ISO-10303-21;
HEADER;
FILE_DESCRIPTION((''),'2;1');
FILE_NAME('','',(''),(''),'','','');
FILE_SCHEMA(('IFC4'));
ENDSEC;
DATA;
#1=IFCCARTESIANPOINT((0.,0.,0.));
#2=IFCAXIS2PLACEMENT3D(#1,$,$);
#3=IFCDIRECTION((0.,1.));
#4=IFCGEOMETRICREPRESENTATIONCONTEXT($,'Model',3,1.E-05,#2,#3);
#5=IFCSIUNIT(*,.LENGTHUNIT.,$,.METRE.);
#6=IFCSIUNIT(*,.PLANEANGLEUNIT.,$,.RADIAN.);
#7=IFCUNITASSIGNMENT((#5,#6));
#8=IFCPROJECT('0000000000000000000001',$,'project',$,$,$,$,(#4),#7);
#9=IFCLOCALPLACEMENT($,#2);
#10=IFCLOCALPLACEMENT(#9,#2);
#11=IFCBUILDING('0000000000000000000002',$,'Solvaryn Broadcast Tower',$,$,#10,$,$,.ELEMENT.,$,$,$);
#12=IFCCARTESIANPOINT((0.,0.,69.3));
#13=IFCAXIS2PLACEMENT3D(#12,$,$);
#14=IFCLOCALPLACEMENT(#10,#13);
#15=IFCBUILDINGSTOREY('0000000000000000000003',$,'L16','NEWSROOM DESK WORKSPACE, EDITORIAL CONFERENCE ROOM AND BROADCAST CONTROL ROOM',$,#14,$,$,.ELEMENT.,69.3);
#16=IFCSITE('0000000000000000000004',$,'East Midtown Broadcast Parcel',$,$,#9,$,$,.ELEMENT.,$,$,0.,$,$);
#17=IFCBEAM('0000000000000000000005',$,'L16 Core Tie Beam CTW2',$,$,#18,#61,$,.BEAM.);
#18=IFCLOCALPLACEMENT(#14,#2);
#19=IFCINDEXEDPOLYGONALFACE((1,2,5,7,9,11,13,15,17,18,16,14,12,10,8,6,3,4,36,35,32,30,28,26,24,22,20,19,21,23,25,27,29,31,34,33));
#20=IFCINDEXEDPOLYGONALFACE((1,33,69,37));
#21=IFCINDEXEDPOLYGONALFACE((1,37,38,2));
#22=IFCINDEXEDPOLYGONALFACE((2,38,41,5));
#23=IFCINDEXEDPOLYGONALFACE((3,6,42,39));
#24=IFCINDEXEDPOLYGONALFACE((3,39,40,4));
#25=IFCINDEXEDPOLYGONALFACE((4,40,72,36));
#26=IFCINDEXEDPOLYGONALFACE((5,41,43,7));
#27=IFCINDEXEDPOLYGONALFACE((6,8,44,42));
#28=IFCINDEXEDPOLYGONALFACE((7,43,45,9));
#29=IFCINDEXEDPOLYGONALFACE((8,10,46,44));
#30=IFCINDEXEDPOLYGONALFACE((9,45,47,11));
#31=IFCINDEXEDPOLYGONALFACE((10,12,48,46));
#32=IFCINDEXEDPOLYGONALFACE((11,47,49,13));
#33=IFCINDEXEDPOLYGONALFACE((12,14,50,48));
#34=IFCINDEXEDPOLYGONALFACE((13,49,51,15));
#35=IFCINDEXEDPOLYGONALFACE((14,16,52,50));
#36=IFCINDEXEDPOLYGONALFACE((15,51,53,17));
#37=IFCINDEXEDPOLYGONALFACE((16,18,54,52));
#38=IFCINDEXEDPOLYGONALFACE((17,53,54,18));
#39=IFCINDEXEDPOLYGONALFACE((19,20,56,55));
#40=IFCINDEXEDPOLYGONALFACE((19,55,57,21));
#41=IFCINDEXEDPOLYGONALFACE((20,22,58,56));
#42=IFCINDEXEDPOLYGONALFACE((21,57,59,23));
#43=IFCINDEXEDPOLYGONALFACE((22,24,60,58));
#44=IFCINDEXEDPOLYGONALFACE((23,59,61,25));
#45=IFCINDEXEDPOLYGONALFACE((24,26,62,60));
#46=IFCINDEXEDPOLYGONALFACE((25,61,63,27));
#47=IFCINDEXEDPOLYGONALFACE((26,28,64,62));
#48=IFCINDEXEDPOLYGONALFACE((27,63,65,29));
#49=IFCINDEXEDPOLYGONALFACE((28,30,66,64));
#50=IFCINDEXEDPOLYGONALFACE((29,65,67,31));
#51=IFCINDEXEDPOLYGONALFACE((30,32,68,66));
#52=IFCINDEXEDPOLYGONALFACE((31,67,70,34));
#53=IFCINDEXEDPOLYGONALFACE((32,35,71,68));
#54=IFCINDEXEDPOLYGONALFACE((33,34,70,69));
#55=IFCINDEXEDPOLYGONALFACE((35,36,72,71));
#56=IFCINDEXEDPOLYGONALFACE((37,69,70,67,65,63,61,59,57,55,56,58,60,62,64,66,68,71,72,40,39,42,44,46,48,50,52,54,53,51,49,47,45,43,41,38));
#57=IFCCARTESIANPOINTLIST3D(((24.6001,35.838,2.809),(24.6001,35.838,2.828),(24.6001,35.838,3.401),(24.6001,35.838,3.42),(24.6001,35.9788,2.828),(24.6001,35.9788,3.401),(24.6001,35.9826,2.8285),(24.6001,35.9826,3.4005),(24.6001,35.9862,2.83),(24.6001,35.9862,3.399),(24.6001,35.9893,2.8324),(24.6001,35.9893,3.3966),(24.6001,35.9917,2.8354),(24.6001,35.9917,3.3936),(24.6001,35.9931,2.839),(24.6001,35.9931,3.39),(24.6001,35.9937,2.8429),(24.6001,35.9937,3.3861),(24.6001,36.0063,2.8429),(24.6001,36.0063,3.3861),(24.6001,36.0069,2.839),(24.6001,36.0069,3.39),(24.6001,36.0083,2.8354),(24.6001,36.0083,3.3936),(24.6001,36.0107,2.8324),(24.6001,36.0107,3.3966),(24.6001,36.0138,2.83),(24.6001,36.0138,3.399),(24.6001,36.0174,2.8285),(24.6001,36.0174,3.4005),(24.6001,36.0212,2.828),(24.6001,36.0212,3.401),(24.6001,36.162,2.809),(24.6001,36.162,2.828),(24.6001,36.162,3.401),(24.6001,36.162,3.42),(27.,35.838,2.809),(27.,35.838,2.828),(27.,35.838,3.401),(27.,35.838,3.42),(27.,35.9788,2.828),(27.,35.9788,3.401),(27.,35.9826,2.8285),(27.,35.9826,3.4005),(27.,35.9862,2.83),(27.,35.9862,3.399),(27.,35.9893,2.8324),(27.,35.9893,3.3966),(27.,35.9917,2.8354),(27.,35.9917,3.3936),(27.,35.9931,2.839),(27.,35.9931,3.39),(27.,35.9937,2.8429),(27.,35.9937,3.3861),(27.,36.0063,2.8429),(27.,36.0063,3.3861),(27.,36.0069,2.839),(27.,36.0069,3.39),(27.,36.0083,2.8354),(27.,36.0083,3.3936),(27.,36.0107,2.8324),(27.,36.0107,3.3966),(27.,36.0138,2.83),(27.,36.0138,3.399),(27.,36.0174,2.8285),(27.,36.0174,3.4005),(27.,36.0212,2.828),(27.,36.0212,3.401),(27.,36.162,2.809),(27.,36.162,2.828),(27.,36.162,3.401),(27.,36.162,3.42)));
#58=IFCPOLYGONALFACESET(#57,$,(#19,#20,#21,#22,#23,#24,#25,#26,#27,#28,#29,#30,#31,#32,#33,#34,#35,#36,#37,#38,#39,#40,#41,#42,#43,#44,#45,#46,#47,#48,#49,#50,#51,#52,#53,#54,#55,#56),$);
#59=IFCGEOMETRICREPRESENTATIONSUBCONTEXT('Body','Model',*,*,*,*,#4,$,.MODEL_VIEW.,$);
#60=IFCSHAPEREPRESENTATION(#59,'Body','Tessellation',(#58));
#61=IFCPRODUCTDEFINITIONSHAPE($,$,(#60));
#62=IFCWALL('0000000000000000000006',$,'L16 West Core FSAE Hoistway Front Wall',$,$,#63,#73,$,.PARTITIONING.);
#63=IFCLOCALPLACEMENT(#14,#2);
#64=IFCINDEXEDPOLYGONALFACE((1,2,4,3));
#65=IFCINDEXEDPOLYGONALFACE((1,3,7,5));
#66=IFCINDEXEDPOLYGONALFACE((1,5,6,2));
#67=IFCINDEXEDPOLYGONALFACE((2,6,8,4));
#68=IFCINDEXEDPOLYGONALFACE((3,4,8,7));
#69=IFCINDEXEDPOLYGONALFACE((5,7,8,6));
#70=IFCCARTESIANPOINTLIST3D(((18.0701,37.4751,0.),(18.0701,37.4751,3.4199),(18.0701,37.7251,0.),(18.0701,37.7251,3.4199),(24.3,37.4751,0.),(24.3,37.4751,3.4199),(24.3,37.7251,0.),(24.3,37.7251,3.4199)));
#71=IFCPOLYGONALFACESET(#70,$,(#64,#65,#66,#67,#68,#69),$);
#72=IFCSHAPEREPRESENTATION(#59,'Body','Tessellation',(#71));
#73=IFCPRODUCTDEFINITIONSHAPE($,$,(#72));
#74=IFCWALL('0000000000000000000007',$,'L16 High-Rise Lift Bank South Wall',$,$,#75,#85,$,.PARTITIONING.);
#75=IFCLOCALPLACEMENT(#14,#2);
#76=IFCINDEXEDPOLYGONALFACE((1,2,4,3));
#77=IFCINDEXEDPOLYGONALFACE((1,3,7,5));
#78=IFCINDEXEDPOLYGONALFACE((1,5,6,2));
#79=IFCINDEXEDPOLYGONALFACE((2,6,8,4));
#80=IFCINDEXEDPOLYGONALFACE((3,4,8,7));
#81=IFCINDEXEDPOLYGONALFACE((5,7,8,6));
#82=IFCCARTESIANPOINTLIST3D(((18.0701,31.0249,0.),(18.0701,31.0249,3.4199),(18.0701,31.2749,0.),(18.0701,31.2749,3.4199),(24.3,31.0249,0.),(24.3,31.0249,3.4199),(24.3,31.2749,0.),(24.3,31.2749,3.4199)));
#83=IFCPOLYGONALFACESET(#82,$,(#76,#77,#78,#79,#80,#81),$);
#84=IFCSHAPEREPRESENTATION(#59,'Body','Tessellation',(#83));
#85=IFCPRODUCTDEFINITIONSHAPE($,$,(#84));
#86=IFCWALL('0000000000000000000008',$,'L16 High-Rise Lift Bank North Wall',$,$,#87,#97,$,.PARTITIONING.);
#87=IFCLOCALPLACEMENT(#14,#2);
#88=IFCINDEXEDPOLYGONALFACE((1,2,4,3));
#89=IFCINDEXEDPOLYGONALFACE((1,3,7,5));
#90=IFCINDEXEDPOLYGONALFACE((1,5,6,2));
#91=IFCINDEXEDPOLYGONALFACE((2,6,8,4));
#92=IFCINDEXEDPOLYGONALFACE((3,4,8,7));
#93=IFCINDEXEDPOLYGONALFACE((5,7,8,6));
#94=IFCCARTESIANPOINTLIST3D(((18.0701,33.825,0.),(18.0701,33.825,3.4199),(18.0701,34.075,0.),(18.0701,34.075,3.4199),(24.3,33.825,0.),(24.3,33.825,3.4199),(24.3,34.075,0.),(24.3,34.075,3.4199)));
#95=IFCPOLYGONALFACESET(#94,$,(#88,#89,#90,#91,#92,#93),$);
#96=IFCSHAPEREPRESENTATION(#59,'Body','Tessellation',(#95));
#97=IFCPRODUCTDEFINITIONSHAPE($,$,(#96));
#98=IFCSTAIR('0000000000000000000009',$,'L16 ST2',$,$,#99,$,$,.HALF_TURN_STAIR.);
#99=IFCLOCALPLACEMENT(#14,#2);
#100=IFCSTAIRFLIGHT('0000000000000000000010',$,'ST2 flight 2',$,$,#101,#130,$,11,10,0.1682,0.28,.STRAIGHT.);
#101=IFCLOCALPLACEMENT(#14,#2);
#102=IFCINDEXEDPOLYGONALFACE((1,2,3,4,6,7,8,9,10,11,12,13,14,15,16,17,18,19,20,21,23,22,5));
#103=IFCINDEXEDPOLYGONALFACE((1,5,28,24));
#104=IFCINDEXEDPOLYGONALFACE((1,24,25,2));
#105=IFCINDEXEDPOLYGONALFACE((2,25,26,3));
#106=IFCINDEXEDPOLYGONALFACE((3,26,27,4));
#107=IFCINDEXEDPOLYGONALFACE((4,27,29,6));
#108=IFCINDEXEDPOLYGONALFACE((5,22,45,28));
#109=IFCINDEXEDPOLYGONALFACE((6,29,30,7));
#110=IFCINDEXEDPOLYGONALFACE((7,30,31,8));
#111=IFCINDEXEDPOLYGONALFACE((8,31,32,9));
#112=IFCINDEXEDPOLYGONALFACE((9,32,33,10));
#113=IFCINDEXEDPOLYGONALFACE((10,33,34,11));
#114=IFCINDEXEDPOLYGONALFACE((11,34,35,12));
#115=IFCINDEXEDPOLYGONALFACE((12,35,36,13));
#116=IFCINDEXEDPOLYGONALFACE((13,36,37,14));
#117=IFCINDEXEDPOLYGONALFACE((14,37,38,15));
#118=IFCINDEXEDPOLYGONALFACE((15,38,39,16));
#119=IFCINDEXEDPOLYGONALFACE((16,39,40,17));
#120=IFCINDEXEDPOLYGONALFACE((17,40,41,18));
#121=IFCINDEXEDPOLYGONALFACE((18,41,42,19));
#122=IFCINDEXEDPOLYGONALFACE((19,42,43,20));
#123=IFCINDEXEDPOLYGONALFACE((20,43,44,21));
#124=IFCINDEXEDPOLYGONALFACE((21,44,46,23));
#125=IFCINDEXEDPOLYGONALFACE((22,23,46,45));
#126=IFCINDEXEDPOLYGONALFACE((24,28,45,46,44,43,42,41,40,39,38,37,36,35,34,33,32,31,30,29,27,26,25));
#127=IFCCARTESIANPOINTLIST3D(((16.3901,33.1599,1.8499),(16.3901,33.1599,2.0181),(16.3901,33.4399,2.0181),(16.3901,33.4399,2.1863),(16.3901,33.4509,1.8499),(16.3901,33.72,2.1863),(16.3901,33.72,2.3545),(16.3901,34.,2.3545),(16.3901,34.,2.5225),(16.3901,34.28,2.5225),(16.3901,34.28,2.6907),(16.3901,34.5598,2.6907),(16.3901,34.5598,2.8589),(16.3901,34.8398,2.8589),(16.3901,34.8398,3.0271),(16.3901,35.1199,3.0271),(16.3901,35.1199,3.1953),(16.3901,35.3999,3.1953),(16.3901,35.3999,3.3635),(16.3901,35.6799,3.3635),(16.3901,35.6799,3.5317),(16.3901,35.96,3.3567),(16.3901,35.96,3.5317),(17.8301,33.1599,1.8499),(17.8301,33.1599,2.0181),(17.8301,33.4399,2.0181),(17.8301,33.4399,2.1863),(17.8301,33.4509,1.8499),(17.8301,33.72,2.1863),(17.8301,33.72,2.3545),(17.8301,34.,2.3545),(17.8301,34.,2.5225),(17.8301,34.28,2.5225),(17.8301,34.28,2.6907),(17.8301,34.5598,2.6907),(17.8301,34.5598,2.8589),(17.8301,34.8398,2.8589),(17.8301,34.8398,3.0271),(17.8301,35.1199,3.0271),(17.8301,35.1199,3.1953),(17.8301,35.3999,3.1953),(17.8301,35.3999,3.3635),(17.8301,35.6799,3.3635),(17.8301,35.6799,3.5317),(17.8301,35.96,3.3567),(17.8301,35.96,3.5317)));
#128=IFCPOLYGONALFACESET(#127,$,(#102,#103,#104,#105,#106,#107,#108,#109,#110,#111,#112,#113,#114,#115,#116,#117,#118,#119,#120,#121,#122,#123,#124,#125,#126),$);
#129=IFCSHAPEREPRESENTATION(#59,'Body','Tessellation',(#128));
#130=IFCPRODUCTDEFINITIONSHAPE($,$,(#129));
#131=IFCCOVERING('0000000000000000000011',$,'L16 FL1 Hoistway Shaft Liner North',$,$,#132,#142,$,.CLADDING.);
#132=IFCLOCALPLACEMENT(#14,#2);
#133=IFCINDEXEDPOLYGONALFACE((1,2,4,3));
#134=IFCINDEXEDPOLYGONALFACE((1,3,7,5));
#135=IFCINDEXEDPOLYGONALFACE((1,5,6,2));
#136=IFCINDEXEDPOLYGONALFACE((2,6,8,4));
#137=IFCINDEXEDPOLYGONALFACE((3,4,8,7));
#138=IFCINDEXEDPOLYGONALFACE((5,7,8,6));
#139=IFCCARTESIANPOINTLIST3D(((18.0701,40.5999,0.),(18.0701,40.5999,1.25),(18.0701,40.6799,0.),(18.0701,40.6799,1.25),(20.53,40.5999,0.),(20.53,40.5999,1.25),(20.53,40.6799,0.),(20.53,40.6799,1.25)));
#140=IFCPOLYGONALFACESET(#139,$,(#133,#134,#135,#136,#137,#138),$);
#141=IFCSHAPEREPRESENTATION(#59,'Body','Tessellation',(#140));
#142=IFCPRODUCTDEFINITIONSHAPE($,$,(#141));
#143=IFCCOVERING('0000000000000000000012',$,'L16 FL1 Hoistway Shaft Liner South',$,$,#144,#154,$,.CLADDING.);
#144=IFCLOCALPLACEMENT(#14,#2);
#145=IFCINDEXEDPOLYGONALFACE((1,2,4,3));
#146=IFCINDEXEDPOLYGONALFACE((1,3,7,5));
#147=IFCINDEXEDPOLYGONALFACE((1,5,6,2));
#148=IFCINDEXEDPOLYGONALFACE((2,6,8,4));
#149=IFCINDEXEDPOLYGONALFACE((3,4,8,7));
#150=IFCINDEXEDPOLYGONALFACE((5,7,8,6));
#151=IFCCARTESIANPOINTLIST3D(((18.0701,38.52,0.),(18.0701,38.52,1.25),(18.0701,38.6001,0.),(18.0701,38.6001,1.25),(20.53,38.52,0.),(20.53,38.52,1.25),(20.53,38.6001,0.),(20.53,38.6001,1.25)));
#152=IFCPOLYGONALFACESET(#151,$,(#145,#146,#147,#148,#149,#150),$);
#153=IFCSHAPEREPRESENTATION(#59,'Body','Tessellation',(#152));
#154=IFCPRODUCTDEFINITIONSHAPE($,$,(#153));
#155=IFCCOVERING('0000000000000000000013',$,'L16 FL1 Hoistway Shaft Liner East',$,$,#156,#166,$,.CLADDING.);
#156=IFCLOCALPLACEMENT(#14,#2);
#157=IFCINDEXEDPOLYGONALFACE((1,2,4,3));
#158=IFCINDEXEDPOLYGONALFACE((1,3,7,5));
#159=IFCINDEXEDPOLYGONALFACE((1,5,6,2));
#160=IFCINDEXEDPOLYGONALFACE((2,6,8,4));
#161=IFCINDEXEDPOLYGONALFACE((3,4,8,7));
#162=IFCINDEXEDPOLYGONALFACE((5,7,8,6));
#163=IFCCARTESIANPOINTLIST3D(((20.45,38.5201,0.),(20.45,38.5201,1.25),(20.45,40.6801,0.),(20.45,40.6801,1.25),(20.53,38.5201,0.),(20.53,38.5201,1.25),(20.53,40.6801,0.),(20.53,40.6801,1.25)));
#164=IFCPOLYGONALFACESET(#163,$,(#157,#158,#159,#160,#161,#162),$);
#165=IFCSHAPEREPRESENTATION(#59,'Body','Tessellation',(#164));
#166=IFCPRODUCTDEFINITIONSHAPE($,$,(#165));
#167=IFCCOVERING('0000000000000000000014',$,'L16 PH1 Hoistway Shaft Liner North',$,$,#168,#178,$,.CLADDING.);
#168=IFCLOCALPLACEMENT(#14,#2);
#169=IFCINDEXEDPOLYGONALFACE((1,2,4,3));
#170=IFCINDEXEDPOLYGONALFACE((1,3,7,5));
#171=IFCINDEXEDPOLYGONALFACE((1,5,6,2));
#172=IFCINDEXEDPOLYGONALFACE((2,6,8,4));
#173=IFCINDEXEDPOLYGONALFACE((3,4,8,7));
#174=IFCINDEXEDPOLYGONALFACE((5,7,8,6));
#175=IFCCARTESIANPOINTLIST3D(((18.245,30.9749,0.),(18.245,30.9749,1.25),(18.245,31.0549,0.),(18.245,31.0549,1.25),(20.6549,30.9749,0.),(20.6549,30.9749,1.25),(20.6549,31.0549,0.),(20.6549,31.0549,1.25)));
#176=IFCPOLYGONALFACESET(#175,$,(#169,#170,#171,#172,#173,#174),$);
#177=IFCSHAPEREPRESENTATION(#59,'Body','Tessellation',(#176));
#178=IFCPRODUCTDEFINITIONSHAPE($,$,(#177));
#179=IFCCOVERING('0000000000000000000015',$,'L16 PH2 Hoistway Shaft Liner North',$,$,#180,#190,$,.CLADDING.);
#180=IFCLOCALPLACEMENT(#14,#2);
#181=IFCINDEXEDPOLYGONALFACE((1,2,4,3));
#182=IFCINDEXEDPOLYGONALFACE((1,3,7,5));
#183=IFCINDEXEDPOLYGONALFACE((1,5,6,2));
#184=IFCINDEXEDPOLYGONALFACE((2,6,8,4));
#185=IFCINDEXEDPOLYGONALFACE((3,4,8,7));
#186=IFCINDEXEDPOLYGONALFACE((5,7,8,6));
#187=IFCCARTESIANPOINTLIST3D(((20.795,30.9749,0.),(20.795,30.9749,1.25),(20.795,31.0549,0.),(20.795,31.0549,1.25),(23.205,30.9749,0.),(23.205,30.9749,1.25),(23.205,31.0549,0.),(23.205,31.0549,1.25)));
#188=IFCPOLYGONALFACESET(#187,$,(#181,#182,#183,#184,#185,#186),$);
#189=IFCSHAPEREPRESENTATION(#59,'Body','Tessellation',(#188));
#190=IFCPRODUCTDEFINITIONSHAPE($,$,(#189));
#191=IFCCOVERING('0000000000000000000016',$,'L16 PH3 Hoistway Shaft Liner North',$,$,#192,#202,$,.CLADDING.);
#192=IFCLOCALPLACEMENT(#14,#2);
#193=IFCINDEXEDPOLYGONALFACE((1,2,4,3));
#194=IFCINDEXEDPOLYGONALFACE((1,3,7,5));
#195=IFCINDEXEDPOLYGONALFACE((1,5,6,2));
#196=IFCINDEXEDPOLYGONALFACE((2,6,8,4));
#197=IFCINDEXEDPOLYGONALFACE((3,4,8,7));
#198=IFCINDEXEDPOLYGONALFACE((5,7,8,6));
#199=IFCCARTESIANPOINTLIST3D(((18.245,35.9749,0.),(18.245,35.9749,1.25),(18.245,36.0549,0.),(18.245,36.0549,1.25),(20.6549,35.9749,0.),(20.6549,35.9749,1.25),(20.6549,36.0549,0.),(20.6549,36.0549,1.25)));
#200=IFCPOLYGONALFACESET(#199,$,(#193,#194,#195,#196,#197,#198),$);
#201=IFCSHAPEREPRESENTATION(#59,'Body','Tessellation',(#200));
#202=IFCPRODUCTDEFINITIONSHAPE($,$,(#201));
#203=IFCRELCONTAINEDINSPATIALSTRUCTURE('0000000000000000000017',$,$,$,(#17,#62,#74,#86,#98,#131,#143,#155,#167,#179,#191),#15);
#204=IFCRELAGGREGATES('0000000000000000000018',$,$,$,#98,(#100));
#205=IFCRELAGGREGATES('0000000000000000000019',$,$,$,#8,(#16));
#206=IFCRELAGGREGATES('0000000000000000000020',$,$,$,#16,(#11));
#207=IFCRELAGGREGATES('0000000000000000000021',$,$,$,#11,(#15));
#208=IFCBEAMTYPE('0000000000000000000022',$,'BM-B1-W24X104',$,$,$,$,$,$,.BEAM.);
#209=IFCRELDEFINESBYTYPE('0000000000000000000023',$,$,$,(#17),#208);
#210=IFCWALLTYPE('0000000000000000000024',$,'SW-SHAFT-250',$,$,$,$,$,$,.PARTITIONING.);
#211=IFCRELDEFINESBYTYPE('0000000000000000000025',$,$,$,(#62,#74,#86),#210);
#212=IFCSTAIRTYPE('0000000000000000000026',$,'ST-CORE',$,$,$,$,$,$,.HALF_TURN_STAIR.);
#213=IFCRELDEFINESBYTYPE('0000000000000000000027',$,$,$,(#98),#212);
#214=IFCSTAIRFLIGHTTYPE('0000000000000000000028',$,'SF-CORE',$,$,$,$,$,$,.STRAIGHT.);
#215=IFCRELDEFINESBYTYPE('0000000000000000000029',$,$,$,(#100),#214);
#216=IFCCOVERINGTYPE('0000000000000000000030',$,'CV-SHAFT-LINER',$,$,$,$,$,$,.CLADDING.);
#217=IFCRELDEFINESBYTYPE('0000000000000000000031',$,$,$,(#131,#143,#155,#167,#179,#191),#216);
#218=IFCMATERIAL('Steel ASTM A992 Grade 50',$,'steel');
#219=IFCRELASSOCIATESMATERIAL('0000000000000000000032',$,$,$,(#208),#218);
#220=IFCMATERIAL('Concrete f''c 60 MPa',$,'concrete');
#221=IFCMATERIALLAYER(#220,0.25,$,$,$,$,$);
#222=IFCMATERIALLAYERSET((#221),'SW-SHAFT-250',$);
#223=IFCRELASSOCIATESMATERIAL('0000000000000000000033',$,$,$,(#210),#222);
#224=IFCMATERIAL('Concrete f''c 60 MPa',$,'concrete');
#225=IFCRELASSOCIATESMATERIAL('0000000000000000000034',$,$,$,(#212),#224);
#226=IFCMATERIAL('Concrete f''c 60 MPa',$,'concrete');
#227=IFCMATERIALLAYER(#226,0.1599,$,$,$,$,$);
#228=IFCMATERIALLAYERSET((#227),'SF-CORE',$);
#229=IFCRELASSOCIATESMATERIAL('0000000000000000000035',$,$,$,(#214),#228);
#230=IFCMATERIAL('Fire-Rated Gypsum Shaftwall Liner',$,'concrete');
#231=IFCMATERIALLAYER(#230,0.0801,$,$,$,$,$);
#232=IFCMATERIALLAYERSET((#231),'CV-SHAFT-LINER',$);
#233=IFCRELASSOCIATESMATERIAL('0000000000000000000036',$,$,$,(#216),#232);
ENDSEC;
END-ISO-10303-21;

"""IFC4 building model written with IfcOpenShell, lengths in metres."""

from ifc_helpers import new_model, si_unit, direction, frame, frame_2d, origin, origin_2d, place, context, subcontext, project, spatial, polyline, rectangle, i_section, outline, extrude, material, layer, layer_set, material_profile, profile_set, type_object, element, aggregate, save


model = new_model("IFC4")

# Units and contexts
model_context = context("Model", 3, precision=1e-05, world=origin(), true_north=direction((0.0, 1.0)))
body_context = subcontext(model_context, "Body", "Model", "MODEL_VIEW")
ifc_project = project(units=[si_unit("LENGTHUNIT", "METRE"), si_unit("PLANEANGLEUNIT", "RADIAN")], contexts=[model_context])

# Site, building, storey
site_placement = place(None, origin())
site = spatial("IfcSite", under=ifc_project, at=site_placement, Name="East Midtown Broadcast Parcel", CompositionType="ELEMENT", RefElevation=0.0)
building_placement = place(site_placement, origin())
building = spatial("IfcBuilding", under=site, at=building_placement, Name="Solvaryn Broadcast Tower", CompositionType="ELEMENT")
storey_placement = place(building_placement, frame((0.0, 0.0, 69.3)))
storey = spatial("IfcBuildingStorey", under=building, at=storey_placement, Name="L16", Description="NEWSROOM DESK WORKSPACE, EDITORIAL CONFERENCE ROOM AND BROADCAST CONTROL ROOM", CompositionType="ELEMENT", Elevation=69.3)

# Beam
ifc_material_1 = material(Name="Steel ASTM A992 Grade 50", Category="steel")
ifc_material_profile = material_profile(ifc_material_1, i_section(OverallWidth=0.324, OverallDepth=0.6111, WebThickness=0.0127, FlangeThickness=0.019, FilletRadius=0.0149, at=origin_2d()))
ifc_profile_set = profile_set([ifc_material_profile], Name="Steel ASTM A992 Grade 50")
beam_type = type_object("IfcBeamType", Name="BM-B1-W24X104", PredefinedType="BEAM", material=ifc_profile_set)
beam_placement = place(storey_placement, frame((24.6001, 36.0, 3.1145), z_axis=(1.0, 0.0, 0.0), x_axis=(0.0, 1.0, 0.0)))
element("IfcBeam", 1, at=beam_placement, inside=storey, type_object=beam_type, Name="L16 Core Tie Beam CTW2", PredefinedType="BEAM", context=body_context, shape_type="SweptSolid", body=[
    extrude(i_section(OverallWidth=0.324, OverallDepth=0.6111, WebThickness=0.0127, FlangeThickness=0.019, FilletRadius=0.0149, at=origin_2d()), origin(), (0.0, 0.0, 1.0), 2.3999),
])

# Walls
ifc_material_2 = material(Name="Concrete f'c 60 MPa", Category="concrete")
ifc_layer_1 = layer(ifc_material_2, 0.25)
ifc_layer_set_1 = layer_set([ifc_layer_1], Name="SW-SHAFT-250")
wall_type_1 = type_object("IfcWallType", Name="SW-SHAFT-250", PredefinedType="PARTITIONING", material=ifc_layer_set_1)
for number, where, z_axis, x_axis, name in (
    (2, (18.0701, 37.6001, 0.0), (0.0, 0.0, 1.0), (1.0, 0.0, 0.0), "L16 West Core FSAE Hoistway Front Wall"),
    (3, (18.0701, 31.1499, 0.0), (0.0, 0.0, 1.0), (1.0, 0.0, 0.0), "L16 High-Rise Lift Bank South Wall"),
    (4, (24.3, 33.95, 0.0), (0.0, 0.0, 1.0), (-1.0, 0.0, 0.0), "L16 High-Rise Lift Bank North Wall"),
):
    element("IfcWall", number, at=place(storey_placement, frame(where, z_axis=z_axis, x_axis=x_axis)), inside=storey, type_object=wall_type_1, Name=name, PredefinedType="PARTITIONING", context=body_context, shape_type="SweptSolid", body=[
        extrude(rectangle(XDim=6.23, YDim=0.25, at=frame_2d((3.115, 0.0))), origin(), (0.0, 0.0, 1.0), 3.4199),
    ])

# Stair, stair flight
ifc_material_3 = material(Name="Concrete f'c 60 MPa", Category="concrete")
stair_type = type_object("IfcStairType", Name="ST-CORE", PredefinedType="HALF_TURN_STAIR", material=ifc_material_3)
stair_placement = place(storey_placement, origin())
stair = element("IfcStair", 5, at=stair_placement, inside=storey, type_object=stair_type, Name="L16 ST2", PredefinedType="HALF_TURN_STAIR")
ifc_material_4 = material(Name="Concrete f'c 60 MPa", Category="concrete")
ifc_layer_2 = layer(ifc_material_4, 0.1599)
ifc_layer_set_2 = layer_set([ifc_layer_2], Name="SF-CORE")
stair_flight_type = type_object("IfcStairFlightType", Name="SF-CORE", PredefinedType="STRAIGHT", material=ifc_layer_set_2)
stair_flight_placement = place(storey_placement, frame((17.1101, 33.1599, 1.8499), z_axis=(0.0, 0.0, 1.0), x_axis=(0.0, 1.0, 0.0)))
stair_flight = element("IfcStairFlight", 6, at=stair_flight_placement, type_object=stair_flight_type, Name="ST2 flight 2", NumberOfRisers=11, NumberOfTreads=10, PredefinedType="STRAIGHT", RiserHeight=0.1682, TreadLength=0.28, context=body_context, shape_type="SweptSolid", body=[
    extrude(outline(polyline([(0.0, 0.0), (0.0, 0.1682), (0.28, 0.1682), (0.28, 0.3364), (0.5601, 0.3364), (0.5601, 0.5046), (0.8401, 0.5046), (0.8401, 0.6726), (1.1201, 0.6726), (1.1201, 0.8408), (1.3999, 0.8408), (1.3999, 1.009), (1.6799, 1.009), (1.6799, 1.1772), (1.96, 1.1772), (1.96, 1.3455), (2.24, 1.3455), (2.24, 1.5137), (2.52, 1.5137), (2.52, 1.6819), (2.8, 1.6819), (2.8, 1.8501), (2.8, 1.5068), (0.291, 0.0), (0.0, 0.0)])), frame((0.0, 0.72, 0.0), z_axis=(0.0, -1.0, 0.0), x_axis=(1.0, 0.0, 0.0)), (0.0, 0.0, 1.0), 1.4399),
])
aggregate(stair, [stair_flight])

# Coverings
ifc_material_5 = material(Name="Fire-Rated Gypsum Shaftwall Liner", Category="concrete")
ifc_layer_3 = layer(ifc_material_5, 0.0801)
ifc_layer_set_3 = layer_set([ifc_layer_3], Name="CV-SHAFT-LINER")
covering_type = type_object("IfcCoveringType", Name="CV-SHAFT-LINER", PredefinedType="CLADDING", material=ifc_layer_set_3)
for number, where, z_axis, x_axis, name in (
    (7, (19.3, 40.6399, 0.0), (0.0, 0.0, 1.0), (1.0, 0.0, 0.0), "L16 FL1 Hoistway Shaft Liner North"),
    (8, (19.3, 38.5601, 0.0), (0.0, 0.0, 1.0), (1.0, 0.0, 0.0), "L16 FL1 Hoistway Shaft Liner South"),
):
    element("IfcCovering", number, at=place(storey_placement, frame(where, z_axis=z_axis, x_axis=x_axis)), inside=storey, type_object=covering_type, Name=name, PredefinedType="CLADDING", context=body_context, shape_type="SweptSolid", body=[
        extrude(rectangle(XDim=2.46, YDim=0.0801, at=origin_2d()), origin(), (0.0, 0.0, 1.0), 1.25),
    ])
covering_placement = place(storey_placement, frame((20.49, 39.6001, 0.0), z_axis=(0.0, 0.0, 1.0), x_axis=(1.0, 0.0, 0.0)))
element("IfcCovering", 9, at=covering_placement, inside=storey, type_object=covering_type, Name="L16 FL1 Hoistway Shaft Liner East", PredefinedType="CLADDING", context=body_context, shape_type="SweptSolid", body=[
    extrude(rectangle(XDim=0.0801, YDim=2.1599, at=origin_2d()), origin(), (0.0, 0.0, 1.0), 1.25),
])
for number, where, z_axis, x_axis, name in (
    (10, (19.45, 31.0149, 0.0), (0.0, 0.0, 1.0), (1.0, 0.0, 0.0), "L16 PH1 Hoistway Shaft Liner North"),
    (11, (22.0, 31.0149, 0.0), (0.0, 0.0, 1.0), (1.0, 0.0, 0.0), "L16 PH2 Hoistway Shaft Liner North"),
    (12, (19.45, 36.0149, 0.0), (0.0, 0.0, 1.0), (1.0, 0.0, 0.0), "L16 PH3 Hoistway Shaft Liner North"),
):
    element("IfcCovering", number, at=place(storey_placement, frame(where, z_axis=z_axis, x_axis=x_axis)), inside=storey, type_object=covering_type, Name=name, PredefinedType="CLADDING", context=body_context, shape_type="SweptSolid", body=[
        extrude(rectangle(XDim=2.4099, YDim=0.0801, at=origin_2d()), origin(), (0.0, 0.0, 1.0), 1.25),
    ])

save(model, "model.ifc")
